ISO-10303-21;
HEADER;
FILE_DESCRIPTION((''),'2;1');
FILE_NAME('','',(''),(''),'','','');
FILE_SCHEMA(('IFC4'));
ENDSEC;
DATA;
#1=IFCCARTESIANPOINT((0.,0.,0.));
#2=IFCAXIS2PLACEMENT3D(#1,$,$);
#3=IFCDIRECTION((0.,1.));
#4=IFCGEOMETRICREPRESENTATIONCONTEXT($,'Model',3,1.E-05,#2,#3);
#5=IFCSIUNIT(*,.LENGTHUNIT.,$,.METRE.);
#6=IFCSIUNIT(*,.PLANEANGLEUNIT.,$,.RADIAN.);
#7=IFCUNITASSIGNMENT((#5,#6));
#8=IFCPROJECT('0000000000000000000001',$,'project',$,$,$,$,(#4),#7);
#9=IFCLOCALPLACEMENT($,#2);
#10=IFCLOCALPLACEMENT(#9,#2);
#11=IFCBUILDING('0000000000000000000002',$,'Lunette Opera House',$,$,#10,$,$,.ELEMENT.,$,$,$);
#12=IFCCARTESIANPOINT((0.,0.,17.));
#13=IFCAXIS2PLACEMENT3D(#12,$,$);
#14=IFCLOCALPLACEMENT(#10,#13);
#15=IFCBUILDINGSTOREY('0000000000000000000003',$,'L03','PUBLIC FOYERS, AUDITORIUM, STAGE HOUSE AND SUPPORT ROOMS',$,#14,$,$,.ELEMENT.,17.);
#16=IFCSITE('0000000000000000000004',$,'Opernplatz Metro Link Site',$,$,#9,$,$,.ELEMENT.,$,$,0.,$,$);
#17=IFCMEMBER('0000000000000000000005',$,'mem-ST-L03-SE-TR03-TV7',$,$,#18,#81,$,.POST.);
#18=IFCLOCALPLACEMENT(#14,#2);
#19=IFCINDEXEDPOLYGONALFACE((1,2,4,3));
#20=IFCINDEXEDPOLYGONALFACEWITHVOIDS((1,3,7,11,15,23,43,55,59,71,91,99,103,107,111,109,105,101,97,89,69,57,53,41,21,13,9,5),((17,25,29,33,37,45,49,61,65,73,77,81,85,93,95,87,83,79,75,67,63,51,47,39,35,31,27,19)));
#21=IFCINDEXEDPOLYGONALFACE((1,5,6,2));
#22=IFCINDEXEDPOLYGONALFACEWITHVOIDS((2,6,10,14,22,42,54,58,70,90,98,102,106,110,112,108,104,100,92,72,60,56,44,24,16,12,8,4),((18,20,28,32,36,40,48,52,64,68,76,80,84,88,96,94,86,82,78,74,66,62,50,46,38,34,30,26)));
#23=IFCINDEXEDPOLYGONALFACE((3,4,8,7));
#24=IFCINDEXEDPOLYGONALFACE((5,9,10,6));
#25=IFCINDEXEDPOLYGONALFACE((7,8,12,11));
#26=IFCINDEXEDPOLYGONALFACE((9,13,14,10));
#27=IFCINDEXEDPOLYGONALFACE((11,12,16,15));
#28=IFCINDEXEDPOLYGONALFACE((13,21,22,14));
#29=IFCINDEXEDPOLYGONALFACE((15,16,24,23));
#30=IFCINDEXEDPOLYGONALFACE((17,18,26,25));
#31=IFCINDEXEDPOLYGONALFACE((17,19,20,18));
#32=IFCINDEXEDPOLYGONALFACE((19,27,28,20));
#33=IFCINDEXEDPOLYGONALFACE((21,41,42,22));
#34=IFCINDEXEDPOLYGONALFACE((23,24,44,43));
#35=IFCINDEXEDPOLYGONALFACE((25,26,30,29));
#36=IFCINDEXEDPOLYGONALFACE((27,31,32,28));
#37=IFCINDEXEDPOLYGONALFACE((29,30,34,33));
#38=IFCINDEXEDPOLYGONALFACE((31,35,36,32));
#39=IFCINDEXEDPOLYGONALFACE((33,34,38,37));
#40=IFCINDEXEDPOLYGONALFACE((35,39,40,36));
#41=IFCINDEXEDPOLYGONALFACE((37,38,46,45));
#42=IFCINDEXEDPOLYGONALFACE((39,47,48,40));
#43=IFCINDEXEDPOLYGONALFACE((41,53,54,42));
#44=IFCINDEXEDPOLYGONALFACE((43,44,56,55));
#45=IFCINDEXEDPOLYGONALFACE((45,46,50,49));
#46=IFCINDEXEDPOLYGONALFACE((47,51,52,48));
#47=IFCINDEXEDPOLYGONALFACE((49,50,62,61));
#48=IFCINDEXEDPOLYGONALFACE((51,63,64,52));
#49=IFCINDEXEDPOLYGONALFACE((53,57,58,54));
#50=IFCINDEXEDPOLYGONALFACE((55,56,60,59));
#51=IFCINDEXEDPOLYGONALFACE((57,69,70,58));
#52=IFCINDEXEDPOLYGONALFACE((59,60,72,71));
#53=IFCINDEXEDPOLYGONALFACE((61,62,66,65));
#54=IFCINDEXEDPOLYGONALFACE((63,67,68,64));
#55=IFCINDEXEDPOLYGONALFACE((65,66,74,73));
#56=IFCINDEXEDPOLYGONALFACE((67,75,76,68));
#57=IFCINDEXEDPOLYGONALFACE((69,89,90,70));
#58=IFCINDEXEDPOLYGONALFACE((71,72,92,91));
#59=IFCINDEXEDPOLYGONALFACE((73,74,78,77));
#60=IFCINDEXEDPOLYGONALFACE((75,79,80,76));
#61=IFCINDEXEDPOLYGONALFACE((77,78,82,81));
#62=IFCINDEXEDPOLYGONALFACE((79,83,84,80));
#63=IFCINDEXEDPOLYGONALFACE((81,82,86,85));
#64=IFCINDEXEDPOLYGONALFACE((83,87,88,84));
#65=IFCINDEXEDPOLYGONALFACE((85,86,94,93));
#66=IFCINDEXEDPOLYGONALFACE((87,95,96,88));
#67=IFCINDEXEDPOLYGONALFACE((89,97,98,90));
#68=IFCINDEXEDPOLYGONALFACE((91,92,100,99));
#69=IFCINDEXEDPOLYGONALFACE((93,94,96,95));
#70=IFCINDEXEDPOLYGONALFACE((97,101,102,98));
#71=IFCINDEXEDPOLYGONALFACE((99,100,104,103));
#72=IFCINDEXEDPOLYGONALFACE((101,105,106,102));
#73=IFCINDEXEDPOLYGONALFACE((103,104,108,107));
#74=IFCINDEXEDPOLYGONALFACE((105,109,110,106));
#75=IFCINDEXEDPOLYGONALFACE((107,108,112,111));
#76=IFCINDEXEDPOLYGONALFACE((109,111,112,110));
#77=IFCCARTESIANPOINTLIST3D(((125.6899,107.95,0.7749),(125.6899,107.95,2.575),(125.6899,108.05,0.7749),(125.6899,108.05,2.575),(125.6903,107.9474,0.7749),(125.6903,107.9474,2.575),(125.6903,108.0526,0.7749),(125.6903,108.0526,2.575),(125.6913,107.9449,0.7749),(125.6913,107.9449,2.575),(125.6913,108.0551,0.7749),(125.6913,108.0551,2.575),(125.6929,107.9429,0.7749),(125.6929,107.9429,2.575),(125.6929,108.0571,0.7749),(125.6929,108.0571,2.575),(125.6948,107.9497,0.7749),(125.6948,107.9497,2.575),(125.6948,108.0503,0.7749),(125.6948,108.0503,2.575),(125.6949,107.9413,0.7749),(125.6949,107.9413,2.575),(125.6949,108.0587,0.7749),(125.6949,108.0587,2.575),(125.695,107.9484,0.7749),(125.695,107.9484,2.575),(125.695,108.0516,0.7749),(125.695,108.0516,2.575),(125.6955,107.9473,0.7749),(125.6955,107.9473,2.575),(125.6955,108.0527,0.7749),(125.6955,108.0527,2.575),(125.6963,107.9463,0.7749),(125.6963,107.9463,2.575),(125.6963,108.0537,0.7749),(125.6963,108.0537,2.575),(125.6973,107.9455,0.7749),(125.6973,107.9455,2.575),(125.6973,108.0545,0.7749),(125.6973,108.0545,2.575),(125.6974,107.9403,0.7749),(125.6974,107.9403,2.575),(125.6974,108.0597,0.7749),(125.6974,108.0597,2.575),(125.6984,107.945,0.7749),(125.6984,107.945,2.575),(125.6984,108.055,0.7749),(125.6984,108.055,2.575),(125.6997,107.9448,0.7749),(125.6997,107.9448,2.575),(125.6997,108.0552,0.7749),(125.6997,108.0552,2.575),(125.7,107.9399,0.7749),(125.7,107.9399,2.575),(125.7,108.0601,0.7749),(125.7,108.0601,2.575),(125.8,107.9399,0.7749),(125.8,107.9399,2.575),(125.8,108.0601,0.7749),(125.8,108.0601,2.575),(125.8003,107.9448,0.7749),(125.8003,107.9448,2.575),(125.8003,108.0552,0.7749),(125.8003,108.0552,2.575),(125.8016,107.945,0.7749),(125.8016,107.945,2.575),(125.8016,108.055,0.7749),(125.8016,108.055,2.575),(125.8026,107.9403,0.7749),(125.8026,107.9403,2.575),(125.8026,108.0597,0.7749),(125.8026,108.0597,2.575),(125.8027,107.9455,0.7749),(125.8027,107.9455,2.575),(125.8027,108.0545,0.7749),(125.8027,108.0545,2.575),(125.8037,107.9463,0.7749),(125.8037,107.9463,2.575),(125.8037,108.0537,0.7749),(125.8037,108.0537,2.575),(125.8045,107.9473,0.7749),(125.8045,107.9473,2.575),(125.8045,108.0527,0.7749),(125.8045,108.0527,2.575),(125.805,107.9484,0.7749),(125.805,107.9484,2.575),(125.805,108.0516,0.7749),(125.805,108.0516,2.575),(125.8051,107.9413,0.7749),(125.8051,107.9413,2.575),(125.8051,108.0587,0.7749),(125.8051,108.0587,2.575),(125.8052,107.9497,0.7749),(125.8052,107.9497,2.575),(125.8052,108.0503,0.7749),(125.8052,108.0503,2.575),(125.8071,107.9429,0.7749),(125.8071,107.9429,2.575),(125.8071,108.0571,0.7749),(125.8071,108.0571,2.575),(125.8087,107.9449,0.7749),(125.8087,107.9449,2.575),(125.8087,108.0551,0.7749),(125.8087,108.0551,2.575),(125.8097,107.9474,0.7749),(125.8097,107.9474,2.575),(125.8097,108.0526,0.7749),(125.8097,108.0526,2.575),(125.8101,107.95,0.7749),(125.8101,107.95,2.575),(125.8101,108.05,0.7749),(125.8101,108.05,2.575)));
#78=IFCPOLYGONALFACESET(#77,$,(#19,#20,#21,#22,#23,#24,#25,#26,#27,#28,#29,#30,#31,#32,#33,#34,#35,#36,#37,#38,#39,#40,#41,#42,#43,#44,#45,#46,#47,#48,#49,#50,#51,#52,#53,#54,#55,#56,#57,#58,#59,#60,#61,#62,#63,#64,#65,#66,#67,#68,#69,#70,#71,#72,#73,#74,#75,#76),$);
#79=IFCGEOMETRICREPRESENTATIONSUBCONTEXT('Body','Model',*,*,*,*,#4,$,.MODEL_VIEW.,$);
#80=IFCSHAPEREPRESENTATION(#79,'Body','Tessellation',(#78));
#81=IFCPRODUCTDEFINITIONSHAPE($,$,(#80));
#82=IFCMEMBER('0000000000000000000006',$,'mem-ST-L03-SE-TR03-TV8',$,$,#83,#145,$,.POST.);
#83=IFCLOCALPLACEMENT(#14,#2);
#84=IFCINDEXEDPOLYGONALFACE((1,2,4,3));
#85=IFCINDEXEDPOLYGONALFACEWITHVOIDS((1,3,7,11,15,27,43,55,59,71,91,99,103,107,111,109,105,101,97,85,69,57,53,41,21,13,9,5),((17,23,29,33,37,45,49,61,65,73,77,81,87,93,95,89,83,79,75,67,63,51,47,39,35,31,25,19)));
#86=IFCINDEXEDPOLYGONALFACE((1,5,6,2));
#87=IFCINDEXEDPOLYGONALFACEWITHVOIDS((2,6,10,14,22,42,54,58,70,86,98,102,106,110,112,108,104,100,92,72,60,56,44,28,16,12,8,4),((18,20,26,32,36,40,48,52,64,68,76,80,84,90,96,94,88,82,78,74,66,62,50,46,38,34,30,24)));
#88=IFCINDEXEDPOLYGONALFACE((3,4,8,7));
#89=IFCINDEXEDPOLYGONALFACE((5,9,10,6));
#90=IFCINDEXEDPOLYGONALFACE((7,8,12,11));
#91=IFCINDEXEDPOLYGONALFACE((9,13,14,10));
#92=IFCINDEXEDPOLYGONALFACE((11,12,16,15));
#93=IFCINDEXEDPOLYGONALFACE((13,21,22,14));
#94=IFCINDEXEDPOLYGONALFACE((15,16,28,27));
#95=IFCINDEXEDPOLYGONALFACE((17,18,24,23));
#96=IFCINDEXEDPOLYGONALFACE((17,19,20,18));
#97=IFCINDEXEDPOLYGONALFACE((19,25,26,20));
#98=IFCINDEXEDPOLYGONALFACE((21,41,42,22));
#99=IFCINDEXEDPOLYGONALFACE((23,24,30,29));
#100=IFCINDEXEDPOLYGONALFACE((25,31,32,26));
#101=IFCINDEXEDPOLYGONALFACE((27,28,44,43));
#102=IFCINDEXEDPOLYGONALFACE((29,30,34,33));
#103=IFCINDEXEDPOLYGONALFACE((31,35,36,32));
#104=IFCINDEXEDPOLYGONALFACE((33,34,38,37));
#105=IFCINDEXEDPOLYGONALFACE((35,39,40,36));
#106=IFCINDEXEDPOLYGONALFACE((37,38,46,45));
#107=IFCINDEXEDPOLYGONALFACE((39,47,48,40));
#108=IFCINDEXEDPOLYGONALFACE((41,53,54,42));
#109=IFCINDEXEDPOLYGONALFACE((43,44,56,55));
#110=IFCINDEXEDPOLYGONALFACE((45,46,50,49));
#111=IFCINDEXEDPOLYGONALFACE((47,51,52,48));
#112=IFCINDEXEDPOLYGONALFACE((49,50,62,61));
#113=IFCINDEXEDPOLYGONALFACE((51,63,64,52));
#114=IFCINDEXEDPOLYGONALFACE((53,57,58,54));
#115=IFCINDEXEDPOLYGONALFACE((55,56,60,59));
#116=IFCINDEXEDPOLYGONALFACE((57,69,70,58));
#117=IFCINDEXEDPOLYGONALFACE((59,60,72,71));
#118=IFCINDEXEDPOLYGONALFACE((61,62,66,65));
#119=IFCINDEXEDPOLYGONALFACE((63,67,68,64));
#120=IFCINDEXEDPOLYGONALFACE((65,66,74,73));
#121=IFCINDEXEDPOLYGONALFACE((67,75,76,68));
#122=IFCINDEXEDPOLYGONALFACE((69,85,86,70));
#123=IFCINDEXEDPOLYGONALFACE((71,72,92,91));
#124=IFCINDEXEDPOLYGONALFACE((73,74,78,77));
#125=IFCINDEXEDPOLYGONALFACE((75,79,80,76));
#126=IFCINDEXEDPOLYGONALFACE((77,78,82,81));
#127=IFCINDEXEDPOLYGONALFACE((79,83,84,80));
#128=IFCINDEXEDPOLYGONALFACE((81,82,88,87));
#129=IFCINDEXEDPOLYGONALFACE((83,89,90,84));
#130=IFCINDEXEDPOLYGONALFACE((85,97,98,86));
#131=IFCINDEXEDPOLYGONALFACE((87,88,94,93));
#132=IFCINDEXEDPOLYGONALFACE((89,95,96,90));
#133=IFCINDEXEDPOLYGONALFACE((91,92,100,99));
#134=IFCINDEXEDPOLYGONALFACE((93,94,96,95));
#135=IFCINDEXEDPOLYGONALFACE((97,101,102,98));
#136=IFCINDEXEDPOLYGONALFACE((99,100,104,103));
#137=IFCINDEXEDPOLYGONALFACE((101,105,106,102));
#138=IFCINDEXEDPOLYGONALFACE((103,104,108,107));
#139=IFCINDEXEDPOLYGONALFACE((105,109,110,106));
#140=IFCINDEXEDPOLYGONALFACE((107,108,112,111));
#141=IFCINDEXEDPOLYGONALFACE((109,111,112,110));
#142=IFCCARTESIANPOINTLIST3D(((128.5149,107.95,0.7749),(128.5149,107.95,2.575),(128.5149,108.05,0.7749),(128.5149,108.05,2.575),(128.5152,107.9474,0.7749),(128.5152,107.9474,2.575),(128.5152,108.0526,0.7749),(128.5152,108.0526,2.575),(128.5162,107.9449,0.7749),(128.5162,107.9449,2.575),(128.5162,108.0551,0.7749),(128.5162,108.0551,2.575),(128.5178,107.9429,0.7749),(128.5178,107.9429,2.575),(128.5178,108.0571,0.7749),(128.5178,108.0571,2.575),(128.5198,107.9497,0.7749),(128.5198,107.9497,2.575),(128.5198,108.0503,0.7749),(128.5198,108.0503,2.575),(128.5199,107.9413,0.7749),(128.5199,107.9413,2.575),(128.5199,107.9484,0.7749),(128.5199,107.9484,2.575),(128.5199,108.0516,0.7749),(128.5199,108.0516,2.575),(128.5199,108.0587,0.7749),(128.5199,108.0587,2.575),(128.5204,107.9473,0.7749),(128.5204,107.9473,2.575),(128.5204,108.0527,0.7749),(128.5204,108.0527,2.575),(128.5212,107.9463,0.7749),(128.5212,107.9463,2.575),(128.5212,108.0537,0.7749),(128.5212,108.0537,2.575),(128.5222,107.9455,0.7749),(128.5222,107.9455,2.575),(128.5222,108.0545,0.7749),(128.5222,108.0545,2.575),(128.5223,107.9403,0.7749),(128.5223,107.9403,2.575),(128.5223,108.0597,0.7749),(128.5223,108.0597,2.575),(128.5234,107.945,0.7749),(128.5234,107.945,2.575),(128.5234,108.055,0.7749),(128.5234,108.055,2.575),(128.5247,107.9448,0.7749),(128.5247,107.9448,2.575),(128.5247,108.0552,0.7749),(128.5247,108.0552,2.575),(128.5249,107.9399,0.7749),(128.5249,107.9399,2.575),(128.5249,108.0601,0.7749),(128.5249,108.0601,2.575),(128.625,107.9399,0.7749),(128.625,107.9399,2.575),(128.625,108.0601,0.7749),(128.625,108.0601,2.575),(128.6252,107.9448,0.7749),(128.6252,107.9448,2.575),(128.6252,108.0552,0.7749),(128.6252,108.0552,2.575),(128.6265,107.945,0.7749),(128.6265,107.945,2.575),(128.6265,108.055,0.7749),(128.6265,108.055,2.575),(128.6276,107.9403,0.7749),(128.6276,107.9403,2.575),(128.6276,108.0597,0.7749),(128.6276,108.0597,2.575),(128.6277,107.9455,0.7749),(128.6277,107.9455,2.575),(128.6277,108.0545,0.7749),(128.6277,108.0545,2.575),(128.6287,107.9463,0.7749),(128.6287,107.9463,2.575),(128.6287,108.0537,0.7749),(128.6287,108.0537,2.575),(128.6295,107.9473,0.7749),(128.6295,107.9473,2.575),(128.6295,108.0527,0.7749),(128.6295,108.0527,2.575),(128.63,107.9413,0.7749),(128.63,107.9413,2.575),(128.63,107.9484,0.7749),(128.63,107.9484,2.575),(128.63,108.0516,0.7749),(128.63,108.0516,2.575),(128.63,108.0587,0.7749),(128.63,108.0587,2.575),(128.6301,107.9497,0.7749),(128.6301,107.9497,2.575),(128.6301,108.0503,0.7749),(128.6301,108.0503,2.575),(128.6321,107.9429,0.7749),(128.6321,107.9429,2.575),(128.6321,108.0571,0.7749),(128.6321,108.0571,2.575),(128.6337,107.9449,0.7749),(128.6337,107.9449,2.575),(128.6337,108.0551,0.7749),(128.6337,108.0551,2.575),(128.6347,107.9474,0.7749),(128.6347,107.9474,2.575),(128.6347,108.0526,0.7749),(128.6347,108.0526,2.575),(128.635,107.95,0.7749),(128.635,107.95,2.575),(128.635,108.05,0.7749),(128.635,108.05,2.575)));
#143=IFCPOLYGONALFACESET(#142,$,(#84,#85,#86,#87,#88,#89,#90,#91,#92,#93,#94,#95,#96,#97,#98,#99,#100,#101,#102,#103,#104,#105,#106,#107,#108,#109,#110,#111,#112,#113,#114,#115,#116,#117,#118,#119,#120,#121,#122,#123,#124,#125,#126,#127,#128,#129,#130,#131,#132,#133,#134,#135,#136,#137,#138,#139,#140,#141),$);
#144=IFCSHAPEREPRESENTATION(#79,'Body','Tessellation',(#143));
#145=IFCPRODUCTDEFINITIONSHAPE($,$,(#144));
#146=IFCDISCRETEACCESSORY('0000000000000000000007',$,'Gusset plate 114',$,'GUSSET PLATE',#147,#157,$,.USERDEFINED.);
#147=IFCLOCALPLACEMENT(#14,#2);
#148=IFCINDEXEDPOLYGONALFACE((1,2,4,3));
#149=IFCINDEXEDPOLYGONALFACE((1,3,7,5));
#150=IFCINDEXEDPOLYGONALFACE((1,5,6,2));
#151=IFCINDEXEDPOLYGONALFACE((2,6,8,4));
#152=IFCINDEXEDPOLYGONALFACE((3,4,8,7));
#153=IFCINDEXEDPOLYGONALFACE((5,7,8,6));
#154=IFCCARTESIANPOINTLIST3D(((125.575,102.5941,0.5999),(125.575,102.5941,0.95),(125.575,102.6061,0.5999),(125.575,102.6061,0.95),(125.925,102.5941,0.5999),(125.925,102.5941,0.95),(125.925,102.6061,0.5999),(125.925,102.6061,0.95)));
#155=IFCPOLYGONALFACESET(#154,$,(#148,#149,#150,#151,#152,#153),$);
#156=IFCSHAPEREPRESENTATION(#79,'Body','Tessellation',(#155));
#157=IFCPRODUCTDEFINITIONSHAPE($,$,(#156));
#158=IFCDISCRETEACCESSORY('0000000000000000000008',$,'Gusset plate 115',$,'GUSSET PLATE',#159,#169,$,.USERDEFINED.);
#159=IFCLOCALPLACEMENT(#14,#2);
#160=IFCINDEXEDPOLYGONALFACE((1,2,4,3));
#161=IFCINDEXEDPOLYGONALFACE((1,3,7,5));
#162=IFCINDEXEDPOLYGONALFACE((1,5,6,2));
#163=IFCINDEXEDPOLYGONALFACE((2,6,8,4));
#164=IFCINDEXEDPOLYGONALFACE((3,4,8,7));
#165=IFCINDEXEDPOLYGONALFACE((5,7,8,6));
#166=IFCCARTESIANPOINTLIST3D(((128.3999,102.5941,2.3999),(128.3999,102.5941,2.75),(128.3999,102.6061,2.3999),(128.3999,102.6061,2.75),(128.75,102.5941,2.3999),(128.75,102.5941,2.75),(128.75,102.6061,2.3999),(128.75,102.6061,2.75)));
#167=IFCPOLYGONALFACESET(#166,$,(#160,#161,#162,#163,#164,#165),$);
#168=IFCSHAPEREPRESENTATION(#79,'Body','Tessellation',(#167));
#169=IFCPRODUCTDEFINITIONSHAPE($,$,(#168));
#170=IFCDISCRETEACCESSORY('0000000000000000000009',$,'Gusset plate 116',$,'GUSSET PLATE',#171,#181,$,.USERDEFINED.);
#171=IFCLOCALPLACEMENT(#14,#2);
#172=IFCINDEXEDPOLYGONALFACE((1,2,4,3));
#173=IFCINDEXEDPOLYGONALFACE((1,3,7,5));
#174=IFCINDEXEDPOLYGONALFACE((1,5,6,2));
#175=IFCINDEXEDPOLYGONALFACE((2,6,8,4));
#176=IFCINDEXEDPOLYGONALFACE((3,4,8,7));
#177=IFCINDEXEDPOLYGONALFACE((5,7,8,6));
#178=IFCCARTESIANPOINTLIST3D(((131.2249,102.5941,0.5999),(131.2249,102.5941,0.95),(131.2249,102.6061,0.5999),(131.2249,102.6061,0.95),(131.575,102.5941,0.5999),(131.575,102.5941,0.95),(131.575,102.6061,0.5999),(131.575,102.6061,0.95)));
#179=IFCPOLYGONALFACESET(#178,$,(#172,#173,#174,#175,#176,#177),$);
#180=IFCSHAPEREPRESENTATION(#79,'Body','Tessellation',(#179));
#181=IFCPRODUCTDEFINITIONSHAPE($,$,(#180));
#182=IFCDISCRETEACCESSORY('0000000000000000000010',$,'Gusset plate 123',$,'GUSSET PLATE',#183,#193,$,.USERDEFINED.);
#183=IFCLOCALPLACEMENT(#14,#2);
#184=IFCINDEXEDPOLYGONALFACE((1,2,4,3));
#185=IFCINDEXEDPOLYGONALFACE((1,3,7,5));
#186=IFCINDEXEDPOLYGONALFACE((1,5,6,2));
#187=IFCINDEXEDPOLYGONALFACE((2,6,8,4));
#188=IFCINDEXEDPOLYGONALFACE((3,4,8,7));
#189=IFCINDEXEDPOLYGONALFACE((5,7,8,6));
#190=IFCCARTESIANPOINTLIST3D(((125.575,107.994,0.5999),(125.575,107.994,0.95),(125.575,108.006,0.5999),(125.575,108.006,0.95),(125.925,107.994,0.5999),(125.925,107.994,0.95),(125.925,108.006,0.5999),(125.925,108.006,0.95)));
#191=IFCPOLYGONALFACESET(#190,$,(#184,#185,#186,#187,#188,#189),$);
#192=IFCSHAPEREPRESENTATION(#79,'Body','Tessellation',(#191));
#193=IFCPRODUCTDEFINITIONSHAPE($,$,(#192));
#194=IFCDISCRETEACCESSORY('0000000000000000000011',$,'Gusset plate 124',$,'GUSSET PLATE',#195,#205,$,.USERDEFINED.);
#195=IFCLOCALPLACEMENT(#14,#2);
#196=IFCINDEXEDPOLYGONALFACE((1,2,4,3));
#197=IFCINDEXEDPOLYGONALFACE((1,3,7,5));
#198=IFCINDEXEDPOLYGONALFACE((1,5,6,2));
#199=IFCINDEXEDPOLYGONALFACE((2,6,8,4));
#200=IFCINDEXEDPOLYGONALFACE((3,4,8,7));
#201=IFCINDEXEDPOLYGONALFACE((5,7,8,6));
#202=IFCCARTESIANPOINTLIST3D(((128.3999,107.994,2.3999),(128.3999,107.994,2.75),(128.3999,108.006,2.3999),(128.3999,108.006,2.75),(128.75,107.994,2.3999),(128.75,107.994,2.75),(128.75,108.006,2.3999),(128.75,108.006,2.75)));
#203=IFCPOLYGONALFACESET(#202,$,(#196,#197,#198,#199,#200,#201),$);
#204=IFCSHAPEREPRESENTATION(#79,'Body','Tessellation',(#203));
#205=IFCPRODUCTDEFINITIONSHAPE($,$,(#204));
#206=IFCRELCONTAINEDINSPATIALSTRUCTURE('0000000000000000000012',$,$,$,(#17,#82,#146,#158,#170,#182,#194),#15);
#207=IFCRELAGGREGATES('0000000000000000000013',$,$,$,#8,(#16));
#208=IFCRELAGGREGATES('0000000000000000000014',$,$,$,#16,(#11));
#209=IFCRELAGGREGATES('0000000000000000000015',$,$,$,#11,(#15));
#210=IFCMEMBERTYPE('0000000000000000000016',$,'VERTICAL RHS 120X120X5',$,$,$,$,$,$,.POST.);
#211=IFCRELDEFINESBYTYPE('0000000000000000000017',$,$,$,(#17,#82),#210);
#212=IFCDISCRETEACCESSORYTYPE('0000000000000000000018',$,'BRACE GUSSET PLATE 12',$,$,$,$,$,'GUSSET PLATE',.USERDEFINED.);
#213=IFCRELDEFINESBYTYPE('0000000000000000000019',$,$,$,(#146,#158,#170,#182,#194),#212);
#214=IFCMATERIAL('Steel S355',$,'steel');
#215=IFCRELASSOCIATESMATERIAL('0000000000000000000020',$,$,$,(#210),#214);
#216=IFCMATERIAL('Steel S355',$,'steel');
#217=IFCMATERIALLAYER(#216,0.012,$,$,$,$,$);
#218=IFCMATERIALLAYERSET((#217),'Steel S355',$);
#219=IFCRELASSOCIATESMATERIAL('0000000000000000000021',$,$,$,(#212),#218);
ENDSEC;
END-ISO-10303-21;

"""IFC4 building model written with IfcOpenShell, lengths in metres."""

from ifc_helpers import new_model, si_unit, direction, frame, origin, origin_2d, place, context, subcontext, project, spatial, rectangle, hollow_rectangle, extrude, material, layer, layer_set, material_profile, profile_set, type_object, element, save


model = new_model("IFC4")

# Units and contexts
model_context = context("Model", 3, precision=1e-05, world=origin(), true_north=direction((0.0, 1.0)))
body_context = subcontext(model_context, "Body", "Model", "MODEL_VIEW")
ifc_project = project(units=[si_unit("LENGTHUNIT", "METRE"), si_unit("PLANEANGLEUNIT", "RADIAN")], contexts=[model_context])

# Site, building, storey
site_placement = place(None, origin())
site = spatial("IfcSite", under=ifc_project, at=site_placement, Name="Opernplatz Metro Link Site", CompositionType="ELEMENT", RefElevation=0.0)
building_placement = place(site_placement, origin())
building = spatial("IfcBuilding", under=site, at=building_placement, Name="Lunette Opera House", CompositionType="ELEMENT")
storey_placement = place(building_placement, frame((0.0, 0.0, 17.0)))
storey = spatial("IfcBuildingStorey", under=building, at=storey_placement, Name="L03", Description="PUBLIC FOYERS, AUDITORIUM, STAGE HOUSE AND SUPPORT ROOMS", CompositionType="ELEMENT", Elevation=17.0)

# Members
ifc_material_1 = material(Name="Steel S355", Category="steel")
ifc_material_profile_1 = material_profile(ifc_material_1, hollow_rectangle(XDim=0.1201, YDim=0.1201, WallThickness=0.0049, InnerFilletRadius=0.0049, OuterFilletRadius=0.01, at=origin_2d()), Name="RHS 120X120X5")
ifc_profile_set_1 = profile_set([ifc_material_profile_1], Name="Steel S355")
member_type_1 = type_object("IfcMemberType", Name="VERTICAL RHS 120X120X5", PredefinedType="POST", material=ifc_profile_set_1)
for number, where, z_axis, x_axis, name in (
    (1, (125.75, 108.0, 0.7749), (0.0, 0.0, 1.0), (1.0, 0.0, 0.0), "mem-ST-L03-SE-TR03-TV7"),
    (2, (128.575, 108.0, 0.7749), (0.0, 0.0, 1.0), (1.0, 0.0, 0.0), "mem-ST-L03-SE-TR03-TV8"),
):
    element("IfcMember", number, at=place(storey_placement, frame(where, z_axis=z_axis, x_axis=x_axis)), inside=storey, type_object=member_type_1, Name=name, PredefinedType="POST", context=body_context, shape_type="SweptSolid", body=[
        extrude(hollow_rectangle(XDim=0.1201, YDim=0.1201, WallThickness=0.0049, InnerFilletRadius=0.0049, OuterFilletRadius=0.01, at=origin_2d()), origin(), (0.0, 0.0, 1.0), 1.8),
    ])

# Discrete accessories
ifc_material_2 = material(Name="Steel S355", Category="steel")
ifc_layer = layer(ifc_material_2, 0.012)
ifc_layer_set = layer_set([ifc_layer], Name="Steel S355")
discrete_accessory_type = type_object("IfcDiscreteAccessoryType", Name="BRACE GUSSET PLATE 12", ElementType="GUSSET PLATE", PredefinedType="USERDEFINED", material=ifc_layer_set)
for number, where, z_axis, x_axis, name in (
    (3, (125.75, 102.6001, 0.5999), (0.0, 0.0, 1.0), (1.0, 0.0, 0.0), "Gusset plate 114"),
    (4, (128.575, 102.6001, 2.3999), (0.0, 0.0, 1.0), (1.0, 0.0, 0.0), "Gusset plate 115"),
    (5, (131.3999, 102.6001, 0.5999), (0.0, 0.0, 1.0), (1.0, 0.0, 0.0), "Gusset plate 116"),
    (6, (125.75, 108.0, 0.5999), (0.0, 0.0, 1.0), (1.0, 0.0, 0.0), "Gusset plate 123"),
    (7, (128.575, 108.0, 2.3999), (0.0, 0.0, 1.0), (1.0, 0.0, 0.0), "Gusset plate 124"),
):
    element("IfcDiscreteAccessory", number, at=place(storey_placement, frame(where, z_axis=z_axis, x_axis=x_axis)), inside=storey, type_object=discrete_accessory_type, Name=name, ObjectType="GUSSET PLATE", PredefinedType="USERDEFINED", context=body_context, shape_type="SweptSolid", body=[
        extrude(rectangle(XDim=0.3501, YDim=0.012, at=origin_2d()), origin(), (0.0, 0.0, 1.0), 0.3501),
    ])

save(model, "model.ifc")
